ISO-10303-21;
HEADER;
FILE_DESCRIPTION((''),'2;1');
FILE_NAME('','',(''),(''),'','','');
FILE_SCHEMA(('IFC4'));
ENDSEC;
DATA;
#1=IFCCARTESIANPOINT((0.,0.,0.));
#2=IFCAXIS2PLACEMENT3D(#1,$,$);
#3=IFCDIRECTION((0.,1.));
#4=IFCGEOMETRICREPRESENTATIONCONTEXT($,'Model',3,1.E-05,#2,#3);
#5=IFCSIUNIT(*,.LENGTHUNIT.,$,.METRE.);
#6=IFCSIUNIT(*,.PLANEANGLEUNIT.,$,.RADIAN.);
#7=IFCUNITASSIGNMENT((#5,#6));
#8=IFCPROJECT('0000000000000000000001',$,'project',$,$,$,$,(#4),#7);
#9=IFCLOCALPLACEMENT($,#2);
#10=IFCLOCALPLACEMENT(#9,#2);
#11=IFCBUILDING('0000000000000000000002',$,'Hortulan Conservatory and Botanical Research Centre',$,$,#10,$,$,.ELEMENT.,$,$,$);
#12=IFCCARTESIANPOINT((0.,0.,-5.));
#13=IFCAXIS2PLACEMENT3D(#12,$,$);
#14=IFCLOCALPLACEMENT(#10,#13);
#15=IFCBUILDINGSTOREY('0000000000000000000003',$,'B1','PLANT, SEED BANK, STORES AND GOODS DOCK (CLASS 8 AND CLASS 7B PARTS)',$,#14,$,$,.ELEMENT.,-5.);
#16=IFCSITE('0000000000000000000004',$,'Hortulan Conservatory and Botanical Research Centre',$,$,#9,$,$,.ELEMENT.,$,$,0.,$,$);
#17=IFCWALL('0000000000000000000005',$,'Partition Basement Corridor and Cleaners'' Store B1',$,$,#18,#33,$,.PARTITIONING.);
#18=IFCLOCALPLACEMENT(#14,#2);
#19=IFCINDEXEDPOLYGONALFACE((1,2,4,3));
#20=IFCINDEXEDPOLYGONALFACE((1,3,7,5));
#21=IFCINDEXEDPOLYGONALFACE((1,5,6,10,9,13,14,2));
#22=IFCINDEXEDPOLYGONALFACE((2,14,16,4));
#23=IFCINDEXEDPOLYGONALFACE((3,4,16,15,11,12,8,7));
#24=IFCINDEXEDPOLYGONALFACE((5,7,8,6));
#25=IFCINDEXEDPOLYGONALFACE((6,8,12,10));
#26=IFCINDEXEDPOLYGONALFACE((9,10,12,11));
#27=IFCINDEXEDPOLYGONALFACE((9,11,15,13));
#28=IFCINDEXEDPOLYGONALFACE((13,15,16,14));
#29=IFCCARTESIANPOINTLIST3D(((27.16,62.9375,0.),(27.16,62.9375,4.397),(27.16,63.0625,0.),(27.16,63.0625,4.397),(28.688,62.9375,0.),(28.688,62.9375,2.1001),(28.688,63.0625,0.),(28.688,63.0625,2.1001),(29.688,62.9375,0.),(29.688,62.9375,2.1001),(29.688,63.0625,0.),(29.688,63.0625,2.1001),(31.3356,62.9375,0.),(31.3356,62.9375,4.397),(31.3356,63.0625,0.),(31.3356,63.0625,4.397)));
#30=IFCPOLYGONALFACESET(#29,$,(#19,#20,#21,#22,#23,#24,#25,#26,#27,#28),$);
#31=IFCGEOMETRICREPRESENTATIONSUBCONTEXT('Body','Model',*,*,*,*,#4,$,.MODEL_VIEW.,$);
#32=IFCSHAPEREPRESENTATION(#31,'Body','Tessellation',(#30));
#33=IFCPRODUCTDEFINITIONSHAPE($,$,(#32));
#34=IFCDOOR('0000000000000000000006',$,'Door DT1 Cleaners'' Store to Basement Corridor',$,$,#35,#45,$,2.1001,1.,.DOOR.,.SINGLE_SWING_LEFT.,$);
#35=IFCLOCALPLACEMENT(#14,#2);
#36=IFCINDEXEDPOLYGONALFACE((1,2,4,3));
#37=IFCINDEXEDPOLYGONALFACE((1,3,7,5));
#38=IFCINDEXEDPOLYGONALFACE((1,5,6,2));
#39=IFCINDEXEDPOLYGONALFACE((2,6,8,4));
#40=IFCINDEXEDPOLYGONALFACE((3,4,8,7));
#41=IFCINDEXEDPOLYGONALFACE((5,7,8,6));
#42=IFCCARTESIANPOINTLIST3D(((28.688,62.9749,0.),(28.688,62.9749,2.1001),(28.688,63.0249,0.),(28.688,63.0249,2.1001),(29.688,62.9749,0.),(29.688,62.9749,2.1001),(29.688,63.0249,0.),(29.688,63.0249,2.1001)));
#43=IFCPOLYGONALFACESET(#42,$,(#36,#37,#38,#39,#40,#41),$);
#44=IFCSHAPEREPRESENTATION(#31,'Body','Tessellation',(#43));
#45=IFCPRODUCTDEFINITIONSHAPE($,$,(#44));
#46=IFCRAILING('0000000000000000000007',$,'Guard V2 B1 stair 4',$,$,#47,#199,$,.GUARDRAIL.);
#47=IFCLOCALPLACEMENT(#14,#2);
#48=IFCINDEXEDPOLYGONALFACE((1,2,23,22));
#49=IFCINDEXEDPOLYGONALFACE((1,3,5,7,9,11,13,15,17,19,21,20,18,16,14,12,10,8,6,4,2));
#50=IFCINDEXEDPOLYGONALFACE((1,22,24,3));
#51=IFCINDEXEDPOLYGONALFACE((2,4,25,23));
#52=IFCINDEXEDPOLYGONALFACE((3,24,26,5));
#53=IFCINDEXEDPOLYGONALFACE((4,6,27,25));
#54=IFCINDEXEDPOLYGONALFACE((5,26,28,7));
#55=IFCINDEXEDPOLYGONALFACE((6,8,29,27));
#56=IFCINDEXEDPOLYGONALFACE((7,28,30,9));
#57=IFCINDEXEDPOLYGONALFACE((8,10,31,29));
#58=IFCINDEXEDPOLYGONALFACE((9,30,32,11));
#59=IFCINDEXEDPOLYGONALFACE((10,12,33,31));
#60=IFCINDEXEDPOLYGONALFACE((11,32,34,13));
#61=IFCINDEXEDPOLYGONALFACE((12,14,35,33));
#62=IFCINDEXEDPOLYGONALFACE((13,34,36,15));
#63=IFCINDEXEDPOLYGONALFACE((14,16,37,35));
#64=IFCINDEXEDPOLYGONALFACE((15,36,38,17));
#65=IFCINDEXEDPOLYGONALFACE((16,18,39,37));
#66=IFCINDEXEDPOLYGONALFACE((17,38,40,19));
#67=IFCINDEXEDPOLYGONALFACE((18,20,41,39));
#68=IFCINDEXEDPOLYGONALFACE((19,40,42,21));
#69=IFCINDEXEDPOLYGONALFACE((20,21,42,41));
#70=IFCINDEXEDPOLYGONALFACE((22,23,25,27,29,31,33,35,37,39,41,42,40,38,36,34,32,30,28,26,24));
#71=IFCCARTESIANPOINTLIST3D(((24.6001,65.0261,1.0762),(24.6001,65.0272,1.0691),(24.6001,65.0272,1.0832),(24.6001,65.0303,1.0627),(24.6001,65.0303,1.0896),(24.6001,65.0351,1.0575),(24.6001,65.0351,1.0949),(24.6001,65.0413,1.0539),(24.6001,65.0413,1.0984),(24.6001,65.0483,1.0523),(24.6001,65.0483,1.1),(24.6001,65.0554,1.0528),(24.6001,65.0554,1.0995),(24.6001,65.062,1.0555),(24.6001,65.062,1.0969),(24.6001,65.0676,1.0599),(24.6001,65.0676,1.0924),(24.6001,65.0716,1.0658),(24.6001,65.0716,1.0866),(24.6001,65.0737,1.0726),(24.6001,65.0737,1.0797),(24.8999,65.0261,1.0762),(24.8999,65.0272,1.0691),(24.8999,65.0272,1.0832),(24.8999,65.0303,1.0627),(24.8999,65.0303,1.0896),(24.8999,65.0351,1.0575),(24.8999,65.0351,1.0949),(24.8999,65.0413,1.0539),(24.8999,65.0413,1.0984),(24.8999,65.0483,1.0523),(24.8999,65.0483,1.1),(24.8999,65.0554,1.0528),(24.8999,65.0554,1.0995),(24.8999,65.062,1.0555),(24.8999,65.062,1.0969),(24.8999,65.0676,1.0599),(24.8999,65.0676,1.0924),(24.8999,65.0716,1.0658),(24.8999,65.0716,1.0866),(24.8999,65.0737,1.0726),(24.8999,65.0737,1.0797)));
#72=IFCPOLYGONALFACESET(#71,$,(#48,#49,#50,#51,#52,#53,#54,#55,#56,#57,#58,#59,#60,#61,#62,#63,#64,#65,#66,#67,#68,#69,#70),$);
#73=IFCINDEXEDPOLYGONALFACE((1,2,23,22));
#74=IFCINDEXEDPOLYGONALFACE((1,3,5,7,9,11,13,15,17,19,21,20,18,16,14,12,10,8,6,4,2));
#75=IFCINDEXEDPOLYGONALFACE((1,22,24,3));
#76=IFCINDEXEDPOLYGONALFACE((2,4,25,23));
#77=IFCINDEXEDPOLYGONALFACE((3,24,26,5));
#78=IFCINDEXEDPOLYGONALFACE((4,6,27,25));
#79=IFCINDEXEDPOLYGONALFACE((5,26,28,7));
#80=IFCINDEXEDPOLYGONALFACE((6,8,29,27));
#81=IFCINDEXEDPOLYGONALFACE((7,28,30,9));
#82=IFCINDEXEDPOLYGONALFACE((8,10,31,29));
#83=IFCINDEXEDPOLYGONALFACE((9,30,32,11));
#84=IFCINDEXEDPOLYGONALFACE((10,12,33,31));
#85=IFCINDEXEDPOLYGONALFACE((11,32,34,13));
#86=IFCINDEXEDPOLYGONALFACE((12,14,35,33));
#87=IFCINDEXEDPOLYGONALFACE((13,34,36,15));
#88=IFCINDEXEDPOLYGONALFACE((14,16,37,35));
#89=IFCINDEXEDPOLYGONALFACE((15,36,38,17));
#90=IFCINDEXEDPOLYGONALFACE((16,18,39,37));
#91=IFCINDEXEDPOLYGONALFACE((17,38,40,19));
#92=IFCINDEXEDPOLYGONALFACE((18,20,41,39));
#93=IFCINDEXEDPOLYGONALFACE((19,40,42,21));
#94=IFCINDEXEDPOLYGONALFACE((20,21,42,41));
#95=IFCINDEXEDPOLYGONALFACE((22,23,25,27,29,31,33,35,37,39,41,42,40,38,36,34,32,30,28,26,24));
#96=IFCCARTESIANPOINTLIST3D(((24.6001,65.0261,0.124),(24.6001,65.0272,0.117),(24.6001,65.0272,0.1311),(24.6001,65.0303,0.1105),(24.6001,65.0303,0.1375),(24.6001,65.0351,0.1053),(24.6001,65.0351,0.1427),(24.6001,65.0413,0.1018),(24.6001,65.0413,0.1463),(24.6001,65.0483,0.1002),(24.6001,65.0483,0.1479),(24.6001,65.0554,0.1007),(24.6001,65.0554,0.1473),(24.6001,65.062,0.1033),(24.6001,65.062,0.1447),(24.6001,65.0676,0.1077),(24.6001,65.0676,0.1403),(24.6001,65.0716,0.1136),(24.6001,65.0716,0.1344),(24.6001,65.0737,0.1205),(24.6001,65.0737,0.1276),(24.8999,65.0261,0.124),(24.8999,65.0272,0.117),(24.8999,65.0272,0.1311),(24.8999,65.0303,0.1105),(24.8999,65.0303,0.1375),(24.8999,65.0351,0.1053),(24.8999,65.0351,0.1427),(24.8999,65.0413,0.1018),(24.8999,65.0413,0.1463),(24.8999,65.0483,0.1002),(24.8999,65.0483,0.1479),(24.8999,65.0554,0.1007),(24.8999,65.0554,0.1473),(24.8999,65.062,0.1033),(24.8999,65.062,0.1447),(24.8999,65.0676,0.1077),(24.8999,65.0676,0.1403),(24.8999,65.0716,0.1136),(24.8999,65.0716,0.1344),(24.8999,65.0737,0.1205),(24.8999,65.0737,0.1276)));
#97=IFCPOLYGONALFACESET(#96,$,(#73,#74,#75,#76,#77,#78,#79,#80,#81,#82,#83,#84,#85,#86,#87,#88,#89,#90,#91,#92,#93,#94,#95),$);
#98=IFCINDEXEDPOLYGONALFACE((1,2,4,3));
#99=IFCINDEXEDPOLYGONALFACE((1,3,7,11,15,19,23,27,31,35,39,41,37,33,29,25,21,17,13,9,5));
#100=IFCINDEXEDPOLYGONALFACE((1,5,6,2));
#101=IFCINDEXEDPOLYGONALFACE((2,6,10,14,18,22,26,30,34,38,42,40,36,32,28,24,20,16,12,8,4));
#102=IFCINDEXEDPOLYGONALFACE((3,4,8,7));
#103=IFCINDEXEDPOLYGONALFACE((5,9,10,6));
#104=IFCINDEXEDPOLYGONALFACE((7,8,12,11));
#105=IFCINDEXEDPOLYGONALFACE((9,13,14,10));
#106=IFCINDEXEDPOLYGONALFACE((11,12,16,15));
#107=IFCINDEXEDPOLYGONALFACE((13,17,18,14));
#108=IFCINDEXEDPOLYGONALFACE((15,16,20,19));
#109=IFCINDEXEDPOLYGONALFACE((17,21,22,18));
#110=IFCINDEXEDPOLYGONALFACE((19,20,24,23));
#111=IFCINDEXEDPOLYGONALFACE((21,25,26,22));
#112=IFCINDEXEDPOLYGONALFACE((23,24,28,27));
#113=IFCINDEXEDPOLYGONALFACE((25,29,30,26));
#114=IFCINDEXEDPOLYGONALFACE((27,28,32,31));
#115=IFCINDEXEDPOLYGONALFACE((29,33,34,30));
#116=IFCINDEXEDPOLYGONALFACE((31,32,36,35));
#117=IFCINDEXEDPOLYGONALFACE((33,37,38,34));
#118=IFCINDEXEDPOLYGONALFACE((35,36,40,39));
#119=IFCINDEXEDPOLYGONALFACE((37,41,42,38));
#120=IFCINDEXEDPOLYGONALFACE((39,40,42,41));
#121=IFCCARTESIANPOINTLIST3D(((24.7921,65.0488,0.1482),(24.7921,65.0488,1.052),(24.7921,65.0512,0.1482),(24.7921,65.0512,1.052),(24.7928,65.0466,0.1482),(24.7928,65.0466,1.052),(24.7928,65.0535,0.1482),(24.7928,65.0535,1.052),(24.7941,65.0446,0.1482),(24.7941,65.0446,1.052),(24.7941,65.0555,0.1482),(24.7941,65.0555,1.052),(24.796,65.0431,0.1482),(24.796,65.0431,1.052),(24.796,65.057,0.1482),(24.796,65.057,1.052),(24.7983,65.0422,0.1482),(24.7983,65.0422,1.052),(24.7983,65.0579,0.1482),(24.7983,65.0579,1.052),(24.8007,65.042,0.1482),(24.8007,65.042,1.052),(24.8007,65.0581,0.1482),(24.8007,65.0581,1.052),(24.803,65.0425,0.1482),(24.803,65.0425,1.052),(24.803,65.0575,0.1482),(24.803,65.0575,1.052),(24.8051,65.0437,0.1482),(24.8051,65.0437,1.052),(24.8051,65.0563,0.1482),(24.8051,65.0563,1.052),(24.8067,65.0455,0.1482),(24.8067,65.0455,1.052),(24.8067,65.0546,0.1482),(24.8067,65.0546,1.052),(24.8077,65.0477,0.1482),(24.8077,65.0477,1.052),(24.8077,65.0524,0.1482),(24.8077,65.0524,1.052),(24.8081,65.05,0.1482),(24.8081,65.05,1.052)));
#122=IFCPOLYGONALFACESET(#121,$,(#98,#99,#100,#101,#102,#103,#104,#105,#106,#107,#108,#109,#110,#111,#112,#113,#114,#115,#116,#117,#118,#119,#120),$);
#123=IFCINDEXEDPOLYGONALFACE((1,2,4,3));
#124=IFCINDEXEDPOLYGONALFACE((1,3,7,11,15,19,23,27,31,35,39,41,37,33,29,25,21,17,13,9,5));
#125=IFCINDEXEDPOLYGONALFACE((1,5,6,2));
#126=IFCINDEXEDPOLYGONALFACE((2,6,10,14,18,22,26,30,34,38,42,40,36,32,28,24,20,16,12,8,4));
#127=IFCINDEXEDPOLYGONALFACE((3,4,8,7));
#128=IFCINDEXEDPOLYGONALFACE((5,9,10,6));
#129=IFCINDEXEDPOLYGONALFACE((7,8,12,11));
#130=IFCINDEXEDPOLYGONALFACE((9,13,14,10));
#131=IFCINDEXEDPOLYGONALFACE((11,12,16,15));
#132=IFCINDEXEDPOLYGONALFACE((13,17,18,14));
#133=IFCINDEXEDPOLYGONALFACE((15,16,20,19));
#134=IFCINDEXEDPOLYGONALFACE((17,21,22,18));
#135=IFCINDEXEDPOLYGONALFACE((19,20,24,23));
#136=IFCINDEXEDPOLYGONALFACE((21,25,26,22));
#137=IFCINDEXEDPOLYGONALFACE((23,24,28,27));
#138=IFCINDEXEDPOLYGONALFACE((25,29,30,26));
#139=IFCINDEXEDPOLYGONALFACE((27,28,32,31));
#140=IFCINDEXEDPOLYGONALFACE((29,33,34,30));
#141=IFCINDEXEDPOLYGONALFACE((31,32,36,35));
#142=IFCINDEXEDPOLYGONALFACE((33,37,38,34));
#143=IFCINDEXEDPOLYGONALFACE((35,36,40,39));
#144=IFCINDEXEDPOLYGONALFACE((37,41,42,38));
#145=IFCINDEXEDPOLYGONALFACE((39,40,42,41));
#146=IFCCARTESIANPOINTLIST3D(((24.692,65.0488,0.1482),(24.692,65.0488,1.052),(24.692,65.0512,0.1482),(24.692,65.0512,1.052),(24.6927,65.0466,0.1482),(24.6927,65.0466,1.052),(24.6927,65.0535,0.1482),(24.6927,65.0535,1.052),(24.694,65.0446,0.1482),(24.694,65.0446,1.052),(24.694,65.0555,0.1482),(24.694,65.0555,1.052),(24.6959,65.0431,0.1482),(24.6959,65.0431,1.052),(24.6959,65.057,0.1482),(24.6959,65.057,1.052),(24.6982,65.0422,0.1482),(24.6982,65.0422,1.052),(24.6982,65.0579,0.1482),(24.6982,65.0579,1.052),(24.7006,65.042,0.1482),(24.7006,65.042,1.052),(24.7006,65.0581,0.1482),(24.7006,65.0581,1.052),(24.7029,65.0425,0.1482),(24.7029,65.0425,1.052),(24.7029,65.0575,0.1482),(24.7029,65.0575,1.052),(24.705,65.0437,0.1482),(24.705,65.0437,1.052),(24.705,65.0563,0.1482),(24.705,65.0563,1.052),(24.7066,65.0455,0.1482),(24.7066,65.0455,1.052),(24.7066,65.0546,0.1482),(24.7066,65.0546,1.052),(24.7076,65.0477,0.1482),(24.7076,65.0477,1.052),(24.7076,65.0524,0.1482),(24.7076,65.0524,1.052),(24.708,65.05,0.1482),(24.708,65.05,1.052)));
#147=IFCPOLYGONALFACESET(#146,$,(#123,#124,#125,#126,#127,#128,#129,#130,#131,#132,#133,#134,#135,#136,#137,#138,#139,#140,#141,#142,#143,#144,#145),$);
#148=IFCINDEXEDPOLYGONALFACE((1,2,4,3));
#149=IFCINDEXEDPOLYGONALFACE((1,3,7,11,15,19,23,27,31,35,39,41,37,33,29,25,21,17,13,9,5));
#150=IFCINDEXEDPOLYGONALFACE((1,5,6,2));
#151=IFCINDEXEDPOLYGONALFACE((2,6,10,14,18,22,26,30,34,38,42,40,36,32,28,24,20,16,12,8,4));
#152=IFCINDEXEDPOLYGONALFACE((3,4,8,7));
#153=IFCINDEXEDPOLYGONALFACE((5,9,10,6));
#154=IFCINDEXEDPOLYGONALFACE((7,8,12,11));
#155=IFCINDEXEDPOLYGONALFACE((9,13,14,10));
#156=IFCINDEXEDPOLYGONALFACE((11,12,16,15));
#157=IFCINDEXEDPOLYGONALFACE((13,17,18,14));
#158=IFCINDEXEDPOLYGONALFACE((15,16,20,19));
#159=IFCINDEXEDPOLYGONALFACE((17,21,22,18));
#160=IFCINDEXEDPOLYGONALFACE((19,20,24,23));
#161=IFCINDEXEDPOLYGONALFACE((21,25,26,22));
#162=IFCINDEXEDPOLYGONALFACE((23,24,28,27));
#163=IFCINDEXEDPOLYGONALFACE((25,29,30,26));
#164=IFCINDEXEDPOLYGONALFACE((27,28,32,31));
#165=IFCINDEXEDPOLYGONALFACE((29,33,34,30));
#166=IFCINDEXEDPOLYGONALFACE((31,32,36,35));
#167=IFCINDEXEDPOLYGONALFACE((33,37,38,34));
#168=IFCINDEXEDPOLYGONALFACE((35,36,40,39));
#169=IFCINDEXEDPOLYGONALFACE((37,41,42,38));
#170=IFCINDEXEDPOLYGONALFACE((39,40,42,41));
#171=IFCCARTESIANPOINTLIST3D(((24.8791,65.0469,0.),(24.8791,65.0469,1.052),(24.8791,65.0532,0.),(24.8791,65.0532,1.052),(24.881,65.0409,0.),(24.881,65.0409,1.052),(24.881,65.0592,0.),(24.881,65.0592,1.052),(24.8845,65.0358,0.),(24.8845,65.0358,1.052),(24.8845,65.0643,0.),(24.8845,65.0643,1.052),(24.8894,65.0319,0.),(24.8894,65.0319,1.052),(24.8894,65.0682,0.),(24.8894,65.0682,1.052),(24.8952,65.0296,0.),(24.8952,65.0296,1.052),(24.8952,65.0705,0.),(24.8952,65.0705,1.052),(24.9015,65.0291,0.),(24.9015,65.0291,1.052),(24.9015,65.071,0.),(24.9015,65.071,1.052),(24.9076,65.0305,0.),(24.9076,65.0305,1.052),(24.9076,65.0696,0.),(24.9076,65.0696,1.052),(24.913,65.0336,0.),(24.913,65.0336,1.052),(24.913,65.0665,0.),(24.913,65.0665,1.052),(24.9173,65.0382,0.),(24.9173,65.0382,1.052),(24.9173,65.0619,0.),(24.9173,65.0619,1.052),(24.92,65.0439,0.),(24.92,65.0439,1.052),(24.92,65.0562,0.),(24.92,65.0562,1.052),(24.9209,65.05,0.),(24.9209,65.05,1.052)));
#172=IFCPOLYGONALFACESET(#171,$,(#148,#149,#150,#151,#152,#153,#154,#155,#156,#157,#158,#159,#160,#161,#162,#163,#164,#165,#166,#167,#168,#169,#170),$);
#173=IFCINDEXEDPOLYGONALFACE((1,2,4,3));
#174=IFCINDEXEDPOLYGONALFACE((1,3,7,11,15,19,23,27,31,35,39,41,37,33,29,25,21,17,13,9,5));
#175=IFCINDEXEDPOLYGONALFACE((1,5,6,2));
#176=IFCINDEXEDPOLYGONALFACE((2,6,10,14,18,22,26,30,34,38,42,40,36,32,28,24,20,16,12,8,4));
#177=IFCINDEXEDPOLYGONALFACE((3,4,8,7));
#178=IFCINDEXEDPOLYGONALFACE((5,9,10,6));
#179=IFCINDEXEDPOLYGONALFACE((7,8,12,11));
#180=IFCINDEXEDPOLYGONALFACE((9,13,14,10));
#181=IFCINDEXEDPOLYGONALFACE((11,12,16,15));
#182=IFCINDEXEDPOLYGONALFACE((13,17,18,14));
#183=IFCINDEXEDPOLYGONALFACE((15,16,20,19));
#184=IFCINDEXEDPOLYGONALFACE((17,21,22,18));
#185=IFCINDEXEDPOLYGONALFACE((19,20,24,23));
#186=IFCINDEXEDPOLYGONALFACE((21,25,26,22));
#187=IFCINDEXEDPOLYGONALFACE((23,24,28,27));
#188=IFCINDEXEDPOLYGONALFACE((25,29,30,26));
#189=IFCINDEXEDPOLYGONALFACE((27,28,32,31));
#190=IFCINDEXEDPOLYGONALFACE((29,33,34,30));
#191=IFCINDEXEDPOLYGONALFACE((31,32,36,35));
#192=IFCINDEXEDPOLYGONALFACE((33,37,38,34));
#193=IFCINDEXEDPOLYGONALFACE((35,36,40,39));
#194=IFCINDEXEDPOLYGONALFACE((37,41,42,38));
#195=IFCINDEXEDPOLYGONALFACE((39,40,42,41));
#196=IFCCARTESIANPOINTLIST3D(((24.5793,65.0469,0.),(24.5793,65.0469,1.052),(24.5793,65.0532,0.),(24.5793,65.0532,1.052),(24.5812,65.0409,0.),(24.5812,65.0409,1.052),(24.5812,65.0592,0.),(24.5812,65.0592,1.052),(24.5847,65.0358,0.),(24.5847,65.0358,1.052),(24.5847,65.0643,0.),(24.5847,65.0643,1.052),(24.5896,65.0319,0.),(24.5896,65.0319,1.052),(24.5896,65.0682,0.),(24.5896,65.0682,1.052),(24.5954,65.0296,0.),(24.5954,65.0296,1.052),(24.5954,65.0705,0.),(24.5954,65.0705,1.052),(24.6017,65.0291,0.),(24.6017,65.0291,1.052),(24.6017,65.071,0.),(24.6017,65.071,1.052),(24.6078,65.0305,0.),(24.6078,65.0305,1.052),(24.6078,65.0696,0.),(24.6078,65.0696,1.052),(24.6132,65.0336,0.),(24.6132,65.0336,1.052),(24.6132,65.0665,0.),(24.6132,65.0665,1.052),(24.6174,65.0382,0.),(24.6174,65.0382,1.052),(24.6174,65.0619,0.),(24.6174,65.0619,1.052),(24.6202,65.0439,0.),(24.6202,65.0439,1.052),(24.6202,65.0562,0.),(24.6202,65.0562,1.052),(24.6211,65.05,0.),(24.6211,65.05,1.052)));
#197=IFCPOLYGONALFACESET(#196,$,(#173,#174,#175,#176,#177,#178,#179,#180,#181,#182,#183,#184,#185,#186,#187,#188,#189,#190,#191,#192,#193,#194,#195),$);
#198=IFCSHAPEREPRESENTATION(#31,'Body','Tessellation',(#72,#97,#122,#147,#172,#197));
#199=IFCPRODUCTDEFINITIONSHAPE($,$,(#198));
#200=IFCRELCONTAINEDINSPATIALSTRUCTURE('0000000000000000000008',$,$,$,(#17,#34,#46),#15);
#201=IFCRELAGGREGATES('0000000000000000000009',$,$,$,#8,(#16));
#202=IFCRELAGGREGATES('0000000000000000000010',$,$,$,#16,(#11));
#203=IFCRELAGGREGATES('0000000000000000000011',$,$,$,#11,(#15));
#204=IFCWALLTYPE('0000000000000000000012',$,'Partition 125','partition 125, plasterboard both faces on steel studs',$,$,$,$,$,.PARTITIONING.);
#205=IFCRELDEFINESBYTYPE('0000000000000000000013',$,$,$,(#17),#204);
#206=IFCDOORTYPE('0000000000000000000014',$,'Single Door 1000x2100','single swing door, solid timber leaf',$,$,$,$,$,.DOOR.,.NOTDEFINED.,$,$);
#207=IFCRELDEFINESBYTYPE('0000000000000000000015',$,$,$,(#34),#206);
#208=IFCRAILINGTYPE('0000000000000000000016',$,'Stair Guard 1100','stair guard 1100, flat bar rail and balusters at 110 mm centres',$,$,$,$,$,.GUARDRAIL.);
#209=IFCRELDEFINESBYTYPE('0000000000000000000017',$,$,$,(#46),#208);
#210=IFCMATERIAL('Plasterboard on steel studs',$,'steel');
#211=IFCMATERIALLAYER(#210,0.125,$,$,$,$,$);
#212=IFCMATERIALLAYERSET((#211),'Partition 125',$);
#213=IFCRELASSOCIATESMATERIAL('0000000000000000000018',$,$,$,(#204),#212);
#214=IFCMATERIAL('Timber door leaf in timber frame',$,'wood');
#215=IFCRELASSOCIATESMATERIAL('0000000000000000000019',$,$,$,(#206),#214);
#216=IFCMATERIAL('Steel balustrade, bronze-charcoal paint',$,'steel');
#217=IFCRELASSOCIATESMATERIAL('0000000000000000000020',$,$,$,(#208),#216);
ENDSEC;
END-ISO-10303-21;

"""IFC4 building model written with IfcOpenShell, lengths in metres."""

from ifc_helpers import new_model, si_unit, direction, frame, frame_2d, origin, origin_2d, place, context, subcontext, project, spatial, rectangle, circle, extrude, material, layer, layer_set, type_object, element, fill, save


model = new_model("IFC4")

# Units and contexts
model_context = context("Model", 3, precision=1e-05, world=origin(), true_north=direction((0.0, 1.0)))
body_context = subcontext(model_context, "Body", "Model", "MODEL_VIEW")
ifc_project = project(units=[si_unit("LENGTHUNIT", "METRE"), si_unit("PLANEANGLEUNIT", "RADIAN")], contexts=[model_context])

# Site, building, storey
site_placement = place(None, origin())
site = spatial("IfcSite", under=ifc_project, at=site_placement, Name="Hortulan Conservatory and Botanical Research Centre", CompositionType="ELEMENT", RefElevation=0.0)
building_placement = place(site_placement, origin())
building = spatial("IfcBuilding", under=site, at=building_placement, Name="Hortulan Conservatory and Botanical Research Centre", CompositionType="ELEMENT")
storey_placement = place(building_placement, frame((0.0, 0.0, -5.0)))
storey = spatial("IfcBuildingStorey", under=building, at=storey_placement, Name="B1", Description="PLANT, SEED BANK, STORES AND GOODS DOCK (CLASS 8 AND CLASS 7B PARTS)", CompositionType="ELEMENT", Elevation=-5.0)

# Wall, opening, door
ifc_material_1 = material(Name="Plasterboard on steel studs", Category="steel")
ifc_layer_1 = layer(ifc_material_1, 0.125)
ifc_layer_set_1 = layer_set([ifc_layer_1], Name="Partition 125")
wall_type_1 = type_object("IfcWallType", Name="Partition 125", Description="partition 125, plasterboard both faces on steel studs", PredefinedType="PARTITIONING", material=ifc_layer_set_1)
wall_1_placement = place(storey_placement, frame((27.1599, 63.0, 0.0), z_axis=(0.0, 0.0, 1.0), x_axis=(1.0, 0.0, 0.0)))
wall_1 = element("IfcWall", 1, at=wall_1_placement, inside=storey, type_object=wall_type_1, Name="Partition Basement Corridor and Cleaners' Store B1", PredefinedType="PARTITIONING", context=body_context, shape_type="SweptSolid", body=[
    extrude(rectangle(XDim=4.1755, YDim=0.125, at=frame_2d((2.0879, 0.0))), origin(), (0.0, 0.0, 1.0), 4.397),
])
opening_1_placement = place(wall_1_placement, frame((1.5281, 0.0, 0.0)))
opening_1 = element("IfcOpeningElement", 2, at=opening_1_placement, cuts=wall_1, PredefinedType="OPENING", context=body_context, shape_type="SweptSolid", body=[
    extrude(rectangle(XDim=1.0, YDim=2.1001, at=frame_2d((0.5, 1.05))), frame((0.0, 0.0725, 0.0), z_axis=(0.0, -1.0, 0.0), x_axis=(1.0, 0.0, 0.0)), (0.0, 0.0, 1.0), 0.145),
])
ifc_material_2 = material(Name="Timber door leaf in timber frame", Category="wood")
door_type_1 = type_object("IfcDoorType", Name="Single Door 1000x2100", Description="single swing door, solid timber leaf", OperationType="NOTDEFINED", PredefinedType="DOOR", material=ifc_material_2)
door_1_placement = place(opening_1_placement, origin())
door_1 = element("IfcDoor", 3, at=door_1_placement, inside=storey, type_object=door_type_1, Name="Door DT1 Cleaners' Store to Basement Corridor", OperationType="SINGLE_SWING_LEFT", OverallHeight=2.1001, OverallWidth=1.0, PredefinedType="DOOR", context=body_context, shape_type="SweptSolid", body=[
    extrude(rectangle(XDim=1.0, YDim=2.1001, at=frame_2d((0.5, 1.05))), frame((0.0, 0.0249, 0.0), z_axis=(0.0, -1.0, 0.0), x_axis=(1.0, 0.0, 0.0)), (0.0, 0.0, 1.0), 0.05),
])
fill(opening_1, door_1)

# Railing
ifc_material_3 = material(Name="Steel balustrade, bronze-charcoal paint", Category="steel")
railing_type_1 = type_object("IfcRailingType", Name="Stair Guard 1100", Description="stair guard 1100, flat bar rail and balusters at 110 mm centres", PredefinedType="GUARDRAIL", material=ifc_material_3)
railing_1_placement = place(storey_placement, frame((24.8999, 65.05, 0.0)))
element("IfcRailing", 4, at=railing_1_placement, inside=storey, type_object=railing_type_1, Name="Guard V2 B1 stair 4", PredefinedType="GUARDRAIL", context=body_context, shape_type="SweptSolid", body=[
    extrude(circle(Radius=0.0239, at=origin_2d()), frame((0.0, 0.0, 1.0762), z_axis=(-1.0, 0.0, 0.0), x_axis=(0.0, -1.0, 0.0)), (0.0, 0.0, 1.0), 0.2998),
    extrude(circle(Radius=0.0239, at=origin_2d()), frame((0.0, 0.0, 0.124), z_axis=(-1.0, 0.0, 0.0), x_axis=(0.0, -1.0, 0.0)), (0.0, 0.0, 1.0), 0.2998),
    extrude(circle(Radius=0.0081, at=origin_2d()), frame((-0.0999, 0.0, 0.1482)), (0.0, 0.0, 1.0), 0.9038),
    extrude(circle(Radius=0.0081, at=origin_2d()), frame((-0.2, 0.0, 0.1482)), (0.0, 0.0, 1.0), 0.9038),
    extrude(circle(Radius=0.021, at=origin_2d()), origin(), (0.0, 0.0, 1.0), 1.052),
    extrude(circle(Radius=0.021, at=origin_2d()), frame((-0.2998, 0.0, 0.0)), (0.0, 0.0, 1.0), 1.052),
])

save(model, "model.ifc")
